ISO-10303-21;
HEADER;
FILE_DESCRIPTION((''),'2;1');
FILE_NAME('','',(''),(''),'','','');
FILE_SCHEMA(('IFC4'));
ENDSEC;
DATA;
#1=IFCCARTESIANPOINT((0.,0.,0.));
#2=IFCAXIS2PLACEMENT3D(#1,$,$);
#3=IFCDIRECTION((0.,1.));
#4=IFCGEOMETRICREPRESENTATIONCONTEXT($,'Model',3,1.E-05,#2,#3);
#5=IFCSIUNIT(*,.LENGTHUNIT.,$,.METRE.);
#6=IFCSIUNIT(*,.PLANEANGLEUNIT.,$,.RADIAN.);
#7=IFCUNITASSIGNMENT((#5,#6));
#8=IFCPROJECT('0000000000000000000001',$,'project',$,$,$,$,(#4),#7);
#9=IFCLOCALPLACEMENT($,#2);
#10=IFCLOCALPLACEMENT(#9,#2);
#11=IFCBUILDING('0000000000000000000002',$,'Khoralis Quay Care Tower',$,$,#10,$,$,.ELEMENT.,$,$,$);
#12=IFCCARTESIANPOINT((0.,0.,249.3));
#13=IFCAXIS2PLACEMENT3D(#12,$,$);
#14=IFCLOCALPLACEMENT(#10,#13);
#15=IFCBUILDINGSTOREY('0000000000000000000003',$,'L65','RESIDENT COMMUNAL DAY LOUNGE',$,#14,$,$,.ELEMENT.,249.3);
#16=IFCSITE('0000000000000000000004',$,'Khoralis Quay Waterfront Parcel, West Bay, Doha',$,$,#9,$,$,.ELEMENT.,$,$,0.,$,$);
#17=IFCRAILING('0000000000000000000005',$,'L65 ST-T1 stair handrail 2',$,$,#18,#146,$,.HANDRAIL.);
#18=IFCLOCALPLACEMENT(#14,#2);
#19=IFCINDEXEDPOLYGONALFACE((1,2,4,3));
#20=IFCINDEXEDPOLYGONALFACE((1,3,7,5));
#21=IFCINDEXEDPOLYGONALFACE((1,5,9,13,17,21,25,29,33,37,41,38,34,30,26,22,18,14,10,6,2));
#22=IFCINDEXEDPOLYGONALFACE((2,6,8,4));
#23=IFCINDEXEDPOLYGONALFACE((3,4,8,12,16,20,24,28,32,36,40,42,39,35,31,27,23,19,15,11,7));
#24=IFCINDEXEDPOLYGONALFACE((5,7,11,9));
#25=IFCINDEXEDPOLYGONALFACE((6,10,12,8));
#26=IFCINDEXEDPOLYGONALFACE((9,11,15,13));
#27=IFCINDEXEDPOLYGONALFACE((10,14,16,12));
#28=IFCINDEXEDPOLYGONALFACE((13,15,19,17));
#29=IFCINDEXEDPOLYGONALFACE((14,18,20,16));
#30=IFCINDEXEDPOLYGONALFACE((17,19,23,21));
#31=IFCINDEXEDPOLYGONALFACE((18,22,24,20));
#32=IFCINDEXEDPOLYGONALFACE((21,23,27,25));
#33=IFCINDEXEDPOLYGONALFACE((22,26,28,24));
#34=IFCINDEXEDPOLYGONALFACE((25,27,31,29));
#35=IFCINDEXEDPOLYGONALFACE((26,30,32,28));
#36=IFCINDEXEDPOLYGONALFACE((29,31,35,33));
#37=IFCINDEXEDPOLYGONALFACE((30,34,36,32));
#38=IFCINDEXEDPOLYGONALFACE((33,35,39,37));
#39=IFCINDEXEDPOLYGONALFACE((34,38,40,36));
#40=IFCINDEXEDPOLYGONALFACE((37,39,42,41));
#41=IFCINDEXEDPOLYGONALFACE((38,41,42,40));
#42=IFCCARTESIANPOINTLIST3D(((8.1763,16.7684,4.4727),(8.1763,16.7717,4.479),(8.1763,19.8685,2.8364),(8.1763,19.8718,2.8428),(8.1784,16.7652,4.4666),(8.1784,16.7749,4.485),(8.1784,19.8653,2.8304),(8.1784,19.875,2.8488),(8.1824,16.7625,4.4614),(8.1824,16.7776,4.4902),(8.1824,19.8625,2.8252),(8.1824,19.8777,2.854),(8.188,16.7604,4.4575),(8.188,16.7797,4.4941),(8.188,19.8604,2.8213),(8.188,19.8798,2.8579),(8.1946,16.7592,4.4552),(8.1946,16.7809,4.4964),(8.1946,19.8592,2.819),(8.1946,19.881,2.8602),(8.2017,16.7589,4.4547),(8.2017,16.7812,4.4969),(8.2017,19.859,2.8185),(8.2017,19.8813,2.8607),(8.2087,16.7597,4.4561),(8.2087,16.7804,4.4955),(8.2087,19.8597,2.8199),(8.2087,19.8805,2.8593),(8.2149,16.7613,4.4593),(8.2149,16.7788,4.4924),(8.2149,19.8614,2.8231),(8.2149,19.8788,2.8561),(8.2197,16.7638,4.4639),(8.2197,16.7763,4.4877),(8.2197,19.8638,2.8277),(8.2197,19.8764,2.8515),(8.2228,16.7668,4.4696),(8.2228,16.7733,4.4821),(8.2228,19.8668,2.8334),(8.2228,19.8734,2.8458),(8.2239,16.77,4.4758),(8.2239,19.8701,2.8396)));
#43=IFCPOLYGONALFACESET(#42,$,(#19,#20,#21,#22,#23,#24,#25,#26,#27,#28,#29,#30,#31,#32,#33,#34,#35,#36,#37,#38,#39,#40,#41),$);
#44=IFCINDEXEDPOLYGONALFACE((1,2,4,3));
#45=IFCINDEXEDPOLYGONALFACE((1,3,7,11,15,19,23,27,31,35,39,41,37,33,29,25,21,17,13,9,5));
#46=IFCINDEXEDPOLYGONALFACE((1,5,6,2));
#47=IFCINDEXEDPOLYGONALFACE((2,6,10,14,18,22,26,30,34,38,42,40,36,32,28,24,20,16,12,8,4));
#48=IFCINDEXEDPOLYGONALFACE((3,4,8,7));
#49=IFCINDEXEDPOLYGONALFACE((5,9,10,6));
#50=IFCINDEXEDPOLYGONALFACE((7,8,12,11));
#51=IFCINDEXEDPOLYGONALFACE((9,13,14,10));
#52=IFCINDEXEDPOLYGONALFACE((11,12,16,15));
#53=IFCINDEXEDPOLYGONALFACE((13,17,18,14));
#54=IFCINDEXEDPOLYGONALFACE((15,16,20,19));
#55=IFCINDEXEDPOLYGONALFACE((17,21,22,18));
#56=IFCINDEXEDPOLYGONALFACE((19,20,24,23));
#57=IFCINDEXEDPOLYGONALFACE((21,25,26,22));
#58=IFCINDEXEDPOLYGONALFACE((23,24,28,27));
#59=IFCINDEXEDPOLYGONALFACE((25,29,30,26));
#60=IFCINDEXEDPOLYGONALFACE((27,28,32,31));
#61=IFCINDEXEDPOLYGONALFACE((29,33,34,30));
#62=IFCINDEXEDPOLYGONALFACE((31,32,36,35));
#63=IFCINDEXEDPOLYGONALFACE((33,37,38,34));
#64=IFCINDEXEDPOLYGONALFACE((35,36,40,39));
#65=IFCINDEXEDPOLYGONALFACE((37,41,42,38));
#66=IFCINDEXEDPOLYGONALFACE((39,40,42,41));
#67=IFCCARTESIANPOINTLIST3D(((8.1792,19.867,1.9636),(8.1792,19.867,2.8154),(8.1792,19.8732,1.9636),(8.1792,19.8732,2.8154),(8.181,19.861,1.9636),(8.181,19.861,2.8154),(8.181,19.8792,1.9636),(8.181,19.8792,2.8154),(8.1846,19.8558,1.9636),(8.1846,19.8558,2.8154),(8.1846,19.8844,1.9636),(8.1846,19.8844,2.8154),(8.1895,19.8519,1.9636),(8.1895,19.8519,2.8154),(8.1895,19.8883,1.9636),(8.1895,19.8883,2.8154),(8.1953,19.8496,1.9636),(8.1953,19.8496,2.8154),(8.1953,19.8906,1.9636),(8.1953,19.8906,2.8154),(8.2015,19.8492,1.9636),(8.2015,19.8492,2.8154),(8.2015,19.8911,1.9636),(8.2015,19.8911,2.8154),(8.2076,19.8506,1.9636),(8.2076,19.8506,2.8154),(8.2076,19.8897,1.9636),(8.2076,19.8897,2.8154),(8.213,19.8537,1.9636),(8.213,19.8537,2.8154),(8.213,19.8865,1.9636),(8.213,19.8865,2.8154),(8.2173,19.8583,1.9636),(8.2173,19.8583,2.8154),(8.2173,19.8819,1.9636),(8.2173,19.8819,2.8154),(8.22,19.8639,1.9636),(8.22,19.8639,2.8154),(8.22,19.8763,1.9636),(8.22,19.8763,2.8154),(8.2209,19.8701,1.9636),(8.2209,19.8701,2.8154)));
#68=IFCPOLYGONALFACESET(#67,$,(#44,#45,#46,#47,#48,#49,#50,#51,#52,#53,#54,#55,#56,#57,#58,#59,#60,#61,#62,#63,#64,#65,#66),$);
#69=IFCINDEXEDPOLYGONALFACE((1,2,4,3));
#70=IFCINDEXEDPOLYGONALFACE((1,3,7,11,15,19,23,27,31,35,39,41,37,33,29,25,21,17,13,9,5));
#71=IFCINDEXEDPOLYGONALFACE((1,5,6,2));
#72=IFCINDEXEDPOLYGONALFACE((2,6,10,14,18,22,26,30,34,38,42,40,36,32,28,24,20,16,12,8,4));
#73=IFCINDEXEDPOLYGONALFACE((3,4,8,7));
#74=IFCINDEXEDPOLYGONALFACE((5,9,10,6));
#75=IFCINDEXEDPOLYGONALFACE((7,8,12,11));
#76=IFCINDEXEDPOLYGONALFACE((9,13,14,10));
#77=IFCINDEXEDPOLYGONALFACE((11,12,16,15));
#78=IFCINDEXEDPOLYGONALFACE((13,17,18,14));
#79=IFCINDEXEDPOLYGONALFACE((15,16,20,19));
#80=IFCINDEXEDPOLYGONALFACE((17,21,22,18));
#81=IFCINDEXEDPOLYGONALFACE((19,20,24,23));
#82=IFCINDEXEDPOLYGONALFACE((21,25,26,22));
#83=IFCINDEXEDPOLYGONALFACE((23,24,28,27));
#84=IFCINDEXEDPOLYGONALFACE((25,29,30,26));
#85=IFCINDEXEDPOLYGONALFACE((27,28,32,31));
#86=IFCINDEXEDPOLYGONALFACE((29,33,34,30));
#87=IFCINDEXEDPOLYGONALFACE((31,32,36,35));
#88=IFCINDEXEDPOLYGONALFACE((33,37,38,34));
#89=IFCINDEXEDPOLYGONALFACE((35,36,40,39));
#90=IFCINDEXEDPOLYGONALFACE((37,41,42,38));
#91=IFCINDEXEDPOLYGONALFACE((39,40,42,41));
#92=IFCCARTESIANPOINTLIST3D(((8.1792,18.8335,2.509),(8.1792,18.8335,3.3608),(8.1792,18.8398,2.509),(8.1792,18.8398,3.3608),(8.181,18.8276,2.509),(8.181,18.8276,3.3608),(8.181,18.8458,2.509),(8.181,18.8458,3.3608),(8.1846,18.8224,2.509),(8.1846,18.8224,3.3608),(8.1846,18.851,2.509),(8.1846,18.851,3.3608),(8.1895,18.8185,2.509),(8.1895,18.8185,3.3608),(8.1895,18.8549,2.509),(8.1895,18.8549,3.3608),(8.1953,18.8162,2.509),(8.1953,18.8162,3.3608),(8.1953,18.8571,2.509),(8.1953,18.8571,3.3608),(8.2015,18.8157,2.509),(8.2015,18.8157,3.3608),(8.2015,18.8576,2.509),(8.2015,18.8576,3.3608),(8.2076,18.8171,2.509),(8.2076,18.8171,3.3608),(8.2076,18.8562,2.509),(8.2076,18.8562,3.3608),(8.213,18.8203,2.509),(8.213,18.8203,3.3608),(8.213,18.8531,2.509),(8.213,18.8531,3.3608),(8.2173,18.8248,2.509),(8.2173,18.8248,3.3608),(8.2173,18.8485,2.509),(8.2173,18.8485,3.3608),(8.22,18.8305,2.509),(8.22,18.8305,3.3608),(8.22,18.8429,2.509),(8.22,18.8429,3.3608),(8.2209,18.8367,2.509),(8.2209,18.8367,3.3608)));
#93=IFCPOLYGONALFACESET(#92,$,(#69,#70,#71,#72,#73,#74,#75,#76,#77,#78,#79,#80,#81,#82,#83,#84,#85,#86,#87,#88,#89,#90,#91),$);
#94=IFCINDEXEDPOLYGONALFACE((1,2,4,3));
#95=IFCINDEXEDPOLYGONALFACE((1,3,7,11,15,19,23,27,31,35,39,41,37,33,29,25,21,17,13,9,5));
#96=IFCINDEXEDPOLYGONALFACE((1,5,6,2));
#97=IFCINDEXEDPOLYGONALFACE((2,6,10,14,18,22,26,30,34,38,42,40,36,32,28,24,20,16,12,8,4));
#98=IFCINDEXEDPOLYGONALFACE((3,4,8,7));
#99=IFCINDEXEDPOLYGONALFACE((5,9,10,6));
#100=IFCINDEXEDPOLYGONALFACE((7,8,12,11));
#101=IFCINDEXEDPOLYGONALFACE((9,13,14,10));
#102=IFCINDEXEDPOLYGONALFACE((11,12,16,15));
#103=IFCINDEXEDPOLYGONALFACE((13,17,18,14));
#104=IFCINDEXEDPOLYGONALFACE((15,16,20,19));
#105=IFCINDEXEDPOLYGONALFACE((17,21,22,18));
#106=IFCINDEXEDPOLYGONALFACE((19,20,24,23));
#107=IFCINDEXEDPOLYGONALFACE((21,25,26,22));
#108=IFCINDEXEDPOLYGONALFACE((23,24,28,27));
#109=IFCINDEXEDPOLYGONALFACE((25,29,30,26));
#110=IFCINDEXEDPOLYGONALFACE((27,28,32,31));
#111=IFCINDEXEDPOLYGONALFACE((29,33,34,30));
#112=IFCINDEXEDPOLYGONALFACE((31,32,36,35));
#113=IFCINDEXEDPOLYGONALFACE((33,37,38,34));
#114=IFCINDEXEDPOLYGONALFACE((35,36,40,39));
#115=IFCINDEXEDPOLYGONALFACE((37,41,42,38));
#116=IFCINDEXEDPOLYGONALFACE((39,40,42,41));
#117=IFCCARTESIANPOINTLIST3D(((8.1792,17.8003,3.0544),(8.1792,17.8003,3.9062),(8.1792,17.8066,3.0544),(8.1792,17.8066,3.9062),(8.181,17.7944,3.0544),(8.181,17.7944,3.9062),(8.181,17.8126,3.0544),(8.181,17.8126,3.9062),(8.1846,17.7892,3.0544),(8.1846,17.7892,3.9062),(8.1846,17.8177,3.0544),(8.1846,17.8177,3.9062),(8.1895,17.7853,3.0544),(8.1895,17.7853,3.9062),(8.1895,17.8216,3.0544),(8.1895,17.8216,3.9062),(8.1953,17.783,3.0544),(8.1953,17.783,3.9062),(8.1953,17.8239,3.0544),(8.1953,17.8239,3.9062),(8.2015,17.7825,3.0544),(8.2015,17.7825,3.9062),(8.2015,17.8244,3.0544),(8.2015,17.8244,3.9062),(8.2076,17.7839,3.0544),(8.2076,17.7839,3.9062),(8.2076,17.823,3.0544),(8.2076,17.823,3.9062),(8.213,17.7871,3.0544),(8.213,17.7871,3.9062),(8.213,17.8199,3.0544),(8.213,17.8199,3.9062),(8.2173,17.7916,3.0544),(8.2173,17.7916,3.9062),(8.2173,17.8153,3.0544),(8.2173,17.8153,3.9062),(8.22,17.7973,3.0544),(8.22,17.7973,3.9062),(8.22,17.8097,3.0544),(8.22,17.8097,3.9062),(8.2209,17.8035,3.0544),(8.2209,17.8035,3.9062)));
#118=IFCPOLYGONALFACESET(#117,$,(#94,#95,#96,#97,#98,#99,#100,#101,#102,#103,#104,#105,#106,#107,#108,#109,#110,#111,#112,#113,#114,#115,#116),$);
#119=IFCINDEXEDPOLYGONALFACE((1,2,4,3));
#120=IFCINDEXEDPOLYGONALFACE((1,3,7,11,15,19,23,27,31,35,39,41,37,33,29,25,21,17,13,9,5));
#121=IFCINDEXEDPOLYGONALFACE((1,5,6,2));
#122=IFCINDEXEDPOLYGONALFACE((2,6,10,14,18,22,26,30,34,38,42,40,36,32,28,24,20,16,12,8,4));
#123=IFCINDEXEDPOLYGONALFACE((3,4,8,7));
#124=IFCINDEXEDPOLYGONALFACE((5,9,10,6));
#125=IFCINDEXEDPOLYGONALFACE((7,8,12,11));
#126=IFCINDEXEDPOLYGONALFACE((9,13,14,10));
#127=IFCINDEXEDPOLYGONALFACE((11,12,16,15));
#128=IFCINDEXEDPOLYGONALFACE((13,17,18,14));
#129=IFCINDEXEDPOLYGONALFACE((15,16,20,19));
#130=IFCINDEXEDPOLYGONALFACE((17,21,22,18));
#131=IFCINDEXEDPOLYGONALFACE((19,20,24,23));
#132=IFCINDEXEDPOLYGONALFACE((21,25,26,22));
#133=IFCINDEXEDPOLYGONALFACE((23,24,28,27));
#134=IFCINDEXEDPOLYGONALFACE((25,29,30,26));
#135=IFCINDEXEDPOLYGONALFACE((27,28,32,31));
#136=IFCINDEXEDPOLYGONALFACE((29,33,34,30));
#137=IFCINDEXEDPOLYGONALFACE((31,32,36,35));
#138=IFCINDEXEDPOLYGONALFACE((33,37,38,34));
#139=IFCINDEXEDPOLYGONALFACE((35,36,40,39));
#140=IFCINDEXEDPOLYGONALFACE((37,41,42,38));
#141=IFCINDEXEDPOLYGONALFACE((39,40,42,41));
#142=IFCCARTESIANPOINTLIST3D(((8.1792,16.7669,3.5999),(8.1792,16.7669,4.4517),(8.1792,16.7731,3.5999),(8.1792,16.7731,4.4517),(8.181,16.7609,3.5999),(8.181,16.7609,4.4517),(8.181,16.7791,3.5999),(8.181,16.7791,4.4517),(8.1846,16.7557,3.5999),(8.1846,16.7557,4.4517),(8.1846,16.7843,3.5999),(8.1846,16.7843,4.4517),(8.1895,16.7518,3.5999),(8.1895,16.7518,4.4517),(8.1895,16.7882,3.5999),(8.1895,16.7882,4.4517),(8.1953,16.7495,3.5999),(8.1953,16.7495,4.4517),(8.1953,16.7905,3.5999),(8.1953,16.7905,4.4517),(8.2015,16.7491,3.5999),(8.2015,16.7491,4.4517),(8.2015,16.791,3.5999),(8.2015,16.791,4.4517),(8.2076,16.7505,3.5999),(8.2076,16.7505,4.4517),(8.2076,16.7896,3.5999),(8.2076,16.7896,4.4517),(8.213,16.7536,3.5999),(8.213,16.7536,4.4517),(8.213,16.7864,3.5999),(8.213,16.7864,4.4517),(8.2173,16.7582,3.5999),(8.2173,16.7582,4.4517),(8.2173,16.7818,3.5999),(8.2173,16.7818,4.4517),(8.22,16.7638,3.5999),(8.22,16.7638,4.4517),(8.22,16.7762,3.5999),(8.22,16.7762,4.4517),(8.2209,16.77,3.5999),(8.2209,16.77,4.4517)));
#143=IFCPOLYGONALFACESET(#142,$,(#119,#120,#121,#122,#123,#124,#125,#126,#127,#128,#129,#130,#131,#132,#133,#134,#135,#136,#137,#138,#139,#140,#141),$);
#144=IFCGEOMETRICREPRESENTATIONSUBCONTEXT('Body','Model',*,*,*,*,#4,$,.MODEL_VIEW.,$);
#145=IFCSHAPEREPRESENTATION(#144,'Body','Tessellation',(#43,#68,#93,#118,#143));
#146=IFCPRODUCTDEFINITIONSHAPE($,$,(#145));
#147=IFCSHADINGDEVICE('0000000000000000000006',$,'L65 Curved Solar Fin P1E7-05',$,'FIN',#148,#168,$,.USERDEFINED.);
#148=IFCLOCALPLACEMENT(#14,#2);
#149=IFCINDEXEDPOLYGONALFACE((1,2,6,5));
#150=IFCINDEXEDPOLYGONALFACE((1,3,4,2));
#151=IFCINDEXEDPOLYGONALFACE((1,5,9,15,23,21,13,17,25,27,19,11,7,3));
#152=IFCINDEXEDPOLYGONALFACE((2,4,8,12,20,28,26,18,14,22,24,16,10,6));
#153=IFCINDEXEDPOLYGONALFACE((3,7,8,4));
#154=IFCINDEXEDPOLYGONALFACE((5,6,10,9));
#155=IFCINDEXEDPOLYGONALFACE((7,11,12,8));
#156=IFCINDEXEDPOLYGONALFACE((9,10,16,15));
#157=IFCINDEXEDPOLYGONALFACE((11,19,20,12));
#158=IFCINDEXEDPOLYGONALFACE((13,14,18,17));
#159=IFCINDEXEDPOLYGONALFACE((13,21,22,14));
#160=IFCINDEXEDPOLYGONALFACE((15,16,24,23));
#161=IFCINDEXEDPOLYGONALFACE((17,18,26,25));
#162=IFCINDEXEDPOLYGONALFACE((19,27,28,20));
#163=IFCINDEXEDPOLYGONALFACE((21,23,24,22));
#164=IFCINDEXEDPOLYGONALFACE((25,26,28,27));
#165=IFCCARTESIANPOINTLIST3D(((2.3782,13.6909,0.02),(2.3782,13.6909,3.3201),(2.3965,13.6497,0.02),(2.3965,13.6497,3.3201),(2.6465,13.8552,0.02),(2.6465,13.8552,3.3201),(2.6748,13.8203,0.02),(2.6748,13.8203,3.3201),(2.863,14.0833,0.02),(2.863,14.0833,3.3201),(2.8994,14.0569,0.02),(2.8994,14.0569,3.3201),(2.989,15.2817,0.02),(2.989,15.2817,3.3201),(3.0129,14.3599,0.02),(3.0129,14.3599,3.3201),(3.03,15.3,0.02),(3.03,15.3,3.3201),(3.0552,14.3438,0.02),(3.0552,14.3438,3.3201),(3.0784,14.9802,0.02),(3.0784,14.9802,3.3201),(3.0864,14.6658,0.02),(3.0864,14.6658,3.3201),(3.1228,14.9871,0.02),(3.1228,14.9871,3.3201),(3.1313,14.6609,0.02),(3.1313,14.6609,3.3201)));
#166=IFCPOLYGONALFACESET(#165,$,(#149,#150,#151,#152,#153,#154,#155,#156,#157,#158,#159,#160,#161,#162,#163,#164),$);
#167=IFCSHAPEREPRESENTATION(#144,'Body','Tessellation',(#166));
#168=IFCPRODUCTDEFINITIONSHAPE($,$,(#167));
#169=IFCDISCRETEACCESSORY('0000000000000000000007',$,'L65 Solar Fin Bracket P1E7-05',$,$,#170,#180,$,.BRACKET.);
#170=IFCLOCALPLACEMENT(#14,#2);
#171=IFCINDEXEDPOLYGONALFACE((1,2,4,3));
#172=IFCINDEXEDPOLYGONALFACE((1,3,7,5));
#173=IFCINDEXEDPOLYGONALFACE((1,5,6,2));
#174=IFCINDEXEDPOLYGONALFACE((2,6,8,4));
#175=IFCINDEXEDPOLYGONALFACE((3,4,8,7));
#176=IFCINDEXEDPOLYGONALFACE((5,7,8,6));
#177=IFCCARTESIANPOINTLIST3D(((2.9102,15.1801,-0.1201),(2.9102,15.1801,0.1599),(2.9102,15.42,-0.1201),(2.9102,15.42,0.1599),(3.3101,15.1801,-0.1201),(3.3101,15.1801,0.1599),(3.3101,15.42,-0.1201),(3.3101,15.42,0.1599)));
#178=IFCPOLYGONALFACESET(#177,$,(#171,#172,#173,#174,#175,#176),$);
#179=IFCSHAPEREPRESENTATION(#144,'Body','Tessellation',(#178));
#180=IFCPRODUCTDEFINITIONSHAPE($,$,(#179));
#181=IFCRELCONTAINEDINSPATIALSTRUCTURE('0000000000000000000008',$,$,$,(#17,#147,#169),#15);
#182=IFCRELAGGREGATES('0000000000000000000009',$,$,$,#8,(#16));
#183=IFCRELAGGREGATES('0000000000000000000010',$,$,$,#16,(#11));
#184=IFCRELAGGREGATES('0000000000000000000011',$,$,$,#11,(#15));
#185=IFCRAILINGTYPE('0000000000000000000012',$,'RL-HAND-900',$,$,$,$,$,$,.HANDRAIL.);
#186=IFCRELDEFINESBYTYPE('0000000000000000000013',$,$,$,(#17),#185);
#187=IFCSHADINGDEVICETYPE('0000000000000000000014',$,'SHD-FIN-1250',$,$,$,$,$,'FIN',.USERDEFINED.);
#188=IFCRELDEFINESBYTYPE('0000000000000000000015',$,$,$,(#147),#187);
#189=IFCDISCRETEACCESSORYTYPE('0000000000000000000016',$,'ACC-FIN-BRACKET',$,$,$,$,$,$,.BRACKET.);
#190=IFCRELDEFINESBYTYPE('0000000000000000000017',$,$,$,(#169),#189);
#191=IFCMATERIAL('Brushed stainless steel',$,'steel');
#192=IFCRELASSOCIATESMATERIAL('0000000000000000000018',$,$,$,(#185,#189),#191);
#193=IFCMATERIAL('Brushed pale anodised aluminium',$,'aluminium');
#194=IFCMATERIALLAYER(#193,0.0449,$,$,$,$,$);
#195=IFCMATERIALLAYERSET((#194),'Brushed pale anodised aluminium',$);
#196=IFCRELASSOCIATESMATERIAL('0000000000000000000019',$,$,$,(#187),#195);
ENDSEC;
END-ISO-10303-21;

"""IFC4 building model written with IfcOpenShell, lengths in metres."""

from ifc_helpers import new_model, si_unit, direction, frame, origin, origin_2d, place, context, subcontext, project, spatial, polyline, rectangle, circle, outline, extrude, source, transform, mapped, material, layer, layer_set, type_object, element, save


model = new_model("IFC4")

# Units and contexts
model_context = context("Model", 3, precision=1e-05, world=origin(), true_north=direction((0.0, 1.0)))
body_context = subcontext(model_context, "Body", "Model", "MODEL_VIEW")
ifc_project = project(units=[si_unit("LENGTHUNIT", "METRE"), si_unit("PLANEANGLEUNIT", "RADIAN")], contexts=[model_context])

# Site, building, storey
site_placement = place(None, origin())
site = spatial("IfcSite", under=ifc_project, at=site_placement, Name="Khoralis Quay Waterfront Parcel, West Bay, Doha", CompositionType="ELEMENT", RefElevation=0.0)
building_placement = place(site_placement, origin())
building = spatial("IfcBuilding", under=site, at=building_placement, Name="Khoralis Quay Care Tower", CompositionType="ELEMENT")
storey_placement = place(building_placement, frame((0.0, 0.0, 249.3)))
storey = spatial("IfcBuildingStorey", under=building, at=storey_placement, Name="L65", Description="RESIDENT COMMUNAL DAY LOUNGE", CompositionType="ELEMENT", Elevation=249.3)

# Shared definitions
ifc_material_1 = material(Name="Brushed stainless steel", Category="steel")

# Railing
railing_type = type_object("IfcRailingType", Name="RL-HAND-900", PredefinedType="HANDRAIL", material=ifc_material_1)
railing_placement = place(storey_placement, frame((8.2, 19.8701, 1.9636)))
element("IfcRailing", 1, at=railing_placement, inside=storey, type_object=railing_type, Name="L65 ST-T1 stair handrail 2", PredefinedType="HANDRAIL", context=body_context, shape_type="SweptSolid", body=[
    extrude(circle(Radius=0.0239, at=origin_2d()), frame((0.0, 0.0, 0.876), z_axis=(0.0, -0.884377, 0.466774), x_axis=(1.0, 0.0, 0.0)), (0.0, 0.0, 1.0), 3.5054),
    extrude(circle(Radius=0.021, at=origin_2d()), origin(), (0.0, 0.0, 1.0), 0.8518),
    extrude(circle(Radius=0.021, at=origin_2d()), frame((0.0, -1.0334, 0.5454)), (0.0, 0.0, 1.0), 0.8518),
    extrude(circle(Radius=0.021, at=origin_2d()), frame((0.0, -2.0667, 1.0908)), (0.0, 0.0, 1.0), 0.8518),
    extrude(circle(Radius=0.021, at=origin_2d()), frame((0.0, -3.1001, 1.6362)), (0.0, 0.0, 1.0), 0.8518),
])

# Shading device
ifc_material_2 = material(Name="Brushed pale anodised aluminium", Category="aluminium")
ifc_layer_1 = layer(ifc_material_2, 0.0449)
ifc_layer_set_1 = layer_set([ifc_layer_1], Name="Brushed pale anodised aluminium")
shading_device_type = type_object("IfcShadingDeviceType", Name="SHD-FIN-1250", ElementType="FIN", PredefinedType="USERDEFINED", material=ifc_layer_set_1)
shared_shape_1 = source(origin(), body_context, "Body", "SweptSolid", [
    extrude(outline(polyline([(0.0, 0.0), (-0.0928, 0.313), (-0.1013, 0.6392), (-0.0251, 0.9563), (0.1306, 1.2432), (0.3552, 1.4797), (0.6335, 1.6504), (0.6519, 1.6091), (0.3835, 1.4448), (0.167, 1.2168), (0.0171, 0.9402), (-0.0564, 0.6343), (-0.0483, 0.3198), (0.041, 0.0183), (0.0, 0.0)])), origin(), (0.0, 0.0, 1.0), 3.3),
])
shading_device_placement = place(storey_placement, frame((3.03, 15.3, 0.02), z_axis=(0.0, 0.0, 1.0), x_axis=(-1.0, 0.0, 0.0)))
element("IfcShadingDevice", 2, at=shading_device_placement, inside=storey, type_object=shading_device_type, Name="L65 Curved Solar Fin P1E7-05", ObjectType="FIN", PredefinedType="USERDEFINED", context=body_context, shape_type="MappedRepresentation", body=[
    mapped(shared_shape_1, transform((0.0, 0.0, 0.0), scale=1.0)),
])

# Discrete accessory
discrete_accessory_type = type_object("IfcDiscreteAccessoryType", Name="ACC-FIN-BRACKET", PredefinedType="BRACKET", material=ifc_material_1)
shared_shape_2 = source(origin(), body_context, "Body", "SweptSolid", [
    extrude(rectangle(XDim=0.3999, YDim=0.24, at=origin_2d()), origin(), (0.0, 0.0, 1.0), 0.28),
])
discrete_accessory_placement = place(storey_placement, frame((3.1101, 15.3, -0.1201), z_axis=(0.0, 0.0, 1.0), x_axis=(-1.0, 0.0, 0.0)))
element("IfcDiscreteAccessory", 3, at=discrete_accessory_placement, inside=storey, type_object=discrete_accessory_type, Name="L65 Solar Fin Bracket P1E7-05", PredefinedType="BRACKET", context=body_context, shape_type="MappedRepresentation", body=[
    mapped(shared_shape_2, transform((0.0, 0.0, 0.0), scale=1.0)),
])

save(model, "model.ifc")
